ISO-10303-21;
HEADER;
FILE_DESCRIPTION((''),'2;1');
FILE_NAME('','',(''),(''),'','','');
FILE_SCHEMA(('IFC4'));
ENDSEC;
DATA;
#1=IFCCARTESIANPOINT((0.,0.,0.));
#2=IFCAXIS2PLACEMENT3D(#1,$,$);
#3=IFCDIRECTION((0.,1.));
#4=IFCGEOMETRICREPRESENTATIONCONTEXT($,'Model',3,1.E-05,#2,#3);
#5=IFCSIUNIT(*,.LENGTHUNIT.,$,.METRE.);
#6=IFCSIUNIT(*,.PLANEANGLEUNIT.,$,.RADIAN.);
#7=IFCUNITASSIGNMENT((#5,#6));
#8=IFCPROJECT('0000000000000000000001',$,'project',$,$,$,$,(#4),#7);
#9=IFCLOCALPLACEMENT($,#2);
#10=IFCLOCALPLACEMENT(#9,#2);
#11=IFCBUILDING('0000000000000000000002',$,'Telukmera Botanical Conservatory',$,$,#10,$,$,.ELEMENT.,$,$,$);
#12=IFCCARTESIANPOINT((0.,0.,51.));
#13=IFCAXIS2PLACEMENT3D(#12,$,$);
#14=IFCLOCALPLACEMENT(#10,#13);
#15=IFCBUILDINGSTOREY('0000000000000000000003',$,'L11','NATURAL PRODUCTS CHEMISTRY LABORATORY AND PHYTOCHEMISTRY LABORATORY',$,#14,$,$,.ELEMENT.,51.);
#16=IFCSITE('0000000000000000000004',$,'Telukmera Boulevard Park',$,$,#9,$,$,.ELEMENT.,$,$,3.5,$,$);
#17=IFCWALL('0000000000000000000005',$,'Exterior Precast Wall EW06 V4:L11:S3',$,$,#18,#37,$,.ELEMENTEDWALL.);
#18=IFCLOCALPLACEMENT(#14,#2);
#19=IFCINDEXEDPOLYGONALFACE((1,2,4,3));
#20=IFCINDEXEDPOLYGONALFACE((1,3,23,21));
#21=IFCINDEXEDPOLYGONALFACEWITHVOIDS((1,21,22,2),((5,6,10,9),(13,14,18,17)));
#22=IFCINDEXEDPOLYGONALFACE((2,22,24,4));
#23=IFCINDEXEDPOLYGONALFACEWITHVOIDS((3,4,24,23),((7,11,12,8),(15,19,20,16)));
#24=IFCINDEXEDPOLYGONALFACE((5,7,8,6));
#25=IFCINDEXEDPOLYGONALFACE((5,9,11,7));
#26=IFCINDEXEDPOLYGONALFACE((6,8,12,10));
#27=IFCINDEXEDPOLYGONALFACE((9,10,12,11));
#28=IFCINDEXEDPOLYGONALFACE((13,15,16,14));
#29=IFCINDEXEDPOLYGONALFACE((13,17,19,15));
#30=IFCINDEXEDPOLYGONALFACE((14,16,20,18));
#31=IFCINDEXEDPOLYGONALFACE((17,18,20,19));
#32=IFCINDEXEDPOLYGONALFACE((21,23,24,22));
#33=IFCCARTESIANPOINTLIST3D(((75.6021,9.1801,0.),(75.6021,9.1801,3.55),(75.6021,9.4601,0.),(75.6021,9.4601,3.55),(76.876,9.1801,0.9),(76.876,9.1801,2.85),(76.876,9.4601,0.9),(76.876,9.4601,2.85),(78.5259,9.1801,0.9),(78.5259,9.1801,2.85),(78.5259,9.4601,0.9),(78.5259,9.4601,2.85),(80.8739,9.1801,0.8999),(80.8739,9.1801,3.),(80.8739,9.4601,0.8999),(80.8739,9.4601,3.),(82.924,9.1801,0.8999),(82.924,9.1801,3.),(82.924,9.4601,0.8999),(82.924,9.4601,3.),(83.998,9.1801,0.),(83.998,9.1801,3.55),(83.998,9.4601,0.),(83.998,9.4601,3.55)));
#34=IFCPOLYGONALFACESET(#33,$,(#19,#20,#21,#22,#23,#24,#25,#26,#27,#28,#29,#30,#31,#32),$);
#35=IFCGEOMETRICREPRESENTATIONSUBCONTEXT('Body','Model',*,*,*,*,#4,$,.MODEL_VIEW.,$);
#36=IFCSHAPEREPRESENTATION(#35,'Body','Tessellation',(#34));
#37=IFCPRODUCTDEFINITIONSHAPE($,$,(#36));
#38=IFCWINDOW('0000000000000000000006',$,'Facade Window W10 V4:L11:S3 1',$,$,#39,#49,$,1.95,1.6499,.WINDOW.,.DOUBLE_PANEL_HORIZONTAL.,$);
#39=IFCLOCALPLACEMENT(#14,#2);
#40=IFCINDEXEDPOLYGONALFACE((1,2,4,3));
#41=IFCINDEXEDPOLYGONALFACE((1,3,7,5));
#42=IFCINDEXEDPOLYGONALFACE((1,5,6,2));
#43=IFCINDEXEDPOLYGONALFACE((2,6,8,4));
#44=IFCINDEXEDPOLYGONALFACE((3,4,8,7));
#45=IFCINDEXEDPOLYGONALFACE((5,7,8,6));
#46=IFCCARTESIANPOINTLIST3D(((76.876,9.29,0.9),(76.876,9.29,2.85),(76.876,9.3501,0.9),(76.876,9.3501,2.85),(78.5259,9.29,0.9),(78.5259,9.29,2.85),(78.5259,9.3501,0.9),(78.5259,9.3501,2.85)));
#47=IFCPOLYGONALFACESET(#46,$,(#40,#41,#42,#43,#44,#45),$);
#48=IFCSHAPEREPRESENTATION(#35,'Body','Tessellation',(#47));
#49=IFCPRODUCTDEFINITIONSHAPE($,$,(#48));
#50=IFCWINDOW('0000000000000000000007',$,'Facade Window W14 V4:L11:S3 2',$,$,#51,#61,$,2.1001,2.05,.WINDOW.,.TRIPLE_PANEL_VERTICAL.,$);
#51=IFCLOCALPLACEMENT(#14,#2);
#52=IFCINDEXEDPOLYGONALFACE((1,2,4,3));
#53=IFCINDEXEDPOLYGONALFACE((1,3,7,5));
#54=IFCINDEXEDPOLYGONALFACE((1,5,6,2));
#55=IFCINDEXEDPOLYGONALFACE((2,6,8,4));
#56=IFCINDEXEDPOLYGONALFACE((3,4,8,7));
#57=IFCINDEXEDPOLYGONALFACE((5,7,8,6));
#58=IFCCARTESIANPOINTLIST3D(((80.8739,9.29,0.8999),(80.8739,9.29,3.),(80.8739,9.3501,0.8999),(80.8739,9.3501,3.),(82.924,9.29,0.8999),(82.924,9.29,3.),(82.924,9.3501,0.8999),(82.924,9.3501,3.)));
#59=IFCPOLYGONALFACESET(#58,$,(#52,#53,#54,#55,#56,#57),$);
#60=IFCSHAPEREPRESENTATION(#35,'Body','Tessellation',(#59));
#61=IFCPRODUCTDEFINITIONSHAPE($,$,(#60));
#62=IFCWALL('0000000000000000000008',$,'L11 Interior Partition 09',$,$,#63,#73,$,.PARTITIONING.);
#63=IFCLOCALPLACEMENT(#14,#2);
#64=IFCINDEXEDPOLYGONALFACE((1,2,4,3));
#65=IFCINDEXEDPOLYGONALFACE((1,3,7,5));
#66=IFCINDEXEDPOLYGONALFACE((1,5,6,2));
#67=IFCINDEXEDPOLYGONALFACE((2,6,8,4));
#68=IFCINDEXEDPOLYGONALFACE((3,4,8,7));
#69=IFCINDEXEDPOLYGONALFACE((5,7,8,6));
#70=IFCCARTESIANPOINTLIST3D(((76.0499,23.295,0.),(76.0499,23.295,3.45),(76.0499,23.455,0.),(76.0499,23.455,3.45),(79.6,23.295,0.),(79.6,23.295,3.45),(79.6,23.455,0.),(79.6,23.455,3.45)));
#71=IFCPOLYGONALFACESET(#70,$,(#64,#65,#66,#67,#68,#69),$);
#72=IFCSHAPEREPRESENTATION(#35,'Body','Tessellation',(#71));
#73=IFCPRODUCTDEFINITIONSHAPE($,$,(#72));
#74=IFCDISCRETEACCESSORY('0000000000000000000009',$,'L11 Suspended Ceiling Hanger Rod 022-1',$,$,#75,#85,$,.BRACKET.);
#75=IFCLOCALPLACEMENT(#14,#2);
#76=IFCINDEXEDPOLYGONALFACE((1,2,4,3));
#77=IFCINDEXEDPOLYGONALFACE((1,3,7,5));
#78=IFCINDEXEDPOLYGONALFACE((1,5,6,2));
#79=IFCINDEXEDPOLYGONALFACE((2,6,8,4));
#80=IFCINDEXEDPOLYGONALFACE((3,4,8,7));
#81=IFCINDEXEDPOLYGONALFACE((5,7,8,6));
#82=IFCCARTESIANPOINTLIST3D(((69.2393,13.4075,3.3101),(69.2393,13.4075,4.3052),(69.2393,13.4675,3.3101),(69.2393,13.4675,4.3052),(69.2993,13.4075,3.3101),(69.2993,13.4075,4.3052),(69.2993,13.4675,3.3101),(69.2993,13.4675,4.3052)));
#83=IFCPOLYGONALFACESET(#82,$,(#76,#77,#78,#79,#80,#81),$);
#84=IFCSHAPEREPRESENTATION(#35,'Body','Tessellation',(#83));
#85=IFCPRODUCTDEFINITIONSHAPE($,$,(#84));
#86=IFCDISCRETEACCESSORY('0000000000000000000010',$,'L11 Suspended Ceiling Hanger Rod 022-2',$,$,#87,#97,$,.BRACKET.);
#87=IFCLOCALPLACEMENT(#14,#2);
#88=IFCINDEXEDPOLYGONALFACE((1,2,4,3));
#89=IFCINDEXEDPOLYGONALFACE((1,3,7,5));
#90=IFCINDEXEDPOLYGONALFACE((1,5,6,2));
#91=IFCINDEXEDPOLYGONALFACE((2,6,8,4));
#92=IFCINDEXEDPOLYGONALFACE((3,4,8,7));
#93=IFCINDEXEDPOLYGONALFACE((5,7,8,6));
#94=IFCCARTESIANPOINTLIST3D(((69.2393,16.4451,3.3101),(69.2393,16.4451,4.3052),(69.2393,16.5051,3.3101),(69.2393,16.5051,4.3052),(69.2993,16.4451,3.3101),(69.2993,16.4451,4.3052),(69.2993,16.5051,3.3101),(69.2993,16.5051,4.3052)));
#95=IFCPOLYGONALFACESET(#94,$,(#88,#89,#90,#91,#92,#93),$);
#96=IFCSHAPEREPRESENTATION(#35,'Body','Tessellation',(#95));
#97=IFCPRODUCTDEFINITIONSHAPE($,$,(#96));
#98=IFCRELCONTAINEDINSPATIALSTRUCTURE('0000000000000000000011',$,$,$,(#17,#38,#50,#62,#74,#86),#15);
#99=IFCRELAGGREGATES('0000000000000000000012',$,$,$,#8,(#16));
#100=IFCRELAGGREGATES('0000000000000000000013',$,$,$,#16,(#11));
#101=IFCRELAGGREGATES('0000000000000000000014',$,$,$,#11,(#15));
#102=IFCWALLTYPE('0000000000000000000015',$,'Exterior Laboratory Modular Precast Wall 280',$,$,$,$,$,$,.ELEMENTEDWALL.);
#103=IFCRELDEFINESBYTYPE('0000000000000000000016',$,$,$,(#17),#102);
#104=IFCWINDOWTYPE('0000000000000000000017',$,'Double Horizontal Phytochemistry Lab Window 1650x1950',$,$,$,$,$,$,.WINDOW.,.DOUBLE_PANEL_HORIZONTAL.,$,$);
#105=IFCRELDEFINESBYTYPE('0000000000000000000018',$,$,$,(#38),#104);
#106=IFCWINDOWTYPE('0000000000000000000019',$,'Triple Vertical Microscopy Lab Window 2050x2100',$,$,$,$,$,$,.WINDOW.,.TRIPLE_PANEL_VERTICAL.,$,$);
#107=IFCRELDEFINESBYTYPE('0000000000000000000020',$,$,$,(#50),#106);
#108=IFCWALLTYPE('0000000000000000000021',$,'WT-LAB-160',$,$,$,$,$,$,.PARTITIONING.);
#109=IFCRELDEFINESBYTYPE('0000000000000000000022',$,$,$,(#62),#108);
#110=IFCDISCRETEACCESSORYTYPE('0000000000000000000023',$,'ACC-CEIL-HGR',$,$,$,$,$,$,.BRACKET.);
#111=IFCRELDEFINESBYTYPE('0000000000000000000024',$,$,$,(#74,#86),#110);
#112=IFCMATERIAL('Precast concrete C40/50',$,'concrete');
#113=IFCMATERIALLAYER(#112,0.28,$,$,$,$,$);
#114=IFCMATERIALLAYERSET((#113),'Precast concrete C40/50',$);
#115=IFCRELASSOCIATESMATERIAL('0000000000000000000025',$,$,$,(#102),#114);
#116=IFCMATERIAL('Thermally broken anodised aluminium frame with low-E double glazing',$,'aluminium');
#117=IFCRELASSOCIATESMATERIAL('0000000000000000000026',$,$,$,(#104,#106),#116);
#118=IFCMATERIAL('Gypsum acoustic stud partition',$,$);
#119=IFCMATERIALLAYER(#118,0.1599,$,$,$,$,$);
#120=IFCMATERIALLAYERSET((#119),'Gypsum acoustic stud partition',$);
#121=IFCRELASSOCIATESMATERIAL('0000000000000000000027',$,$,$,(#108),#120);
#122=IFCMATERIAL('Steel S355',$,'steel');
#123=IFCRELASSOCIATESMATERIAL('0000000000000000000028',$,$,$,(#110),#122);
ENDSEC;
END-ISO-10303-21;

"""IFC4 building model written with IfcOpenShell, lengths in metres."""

from ifc_helpers import new_model, si_unit, direction, frame, frame_2d, origin, origin_2d, place, context, subcontext, project, spatial, rectangle, extrude, material, layer, layer_set, type_object, element, fill, save


model = new_model("IFC4")

# Units and contexts
model_context = context("Model", 3, precision=1e-05, world=origin(), true_north=direction((0.0, 1.0)))
body_context = subcontext(model_context, "Body", "Model", "MODEL_VIEW")
ifc_project = project(units=[si_unit("LENGTHUNIT", "METRE"), si_unit("PLANEANGLEUNIT", "RADIAN")], contexts=[model_context])

# Site, building, storey
site_placement = place(None, origin())
site = spatial("IfcSite", under=ifc_project, at=site_placement, Name="Telukmera Boulevard Park", CompositionType="ELEMENT", RefElevation=3.5)
building_placement = place(site_placement, origin())
building = spatial("IfcBuilding", under=site, at=building_placement, Name="Telukmera Botanical Conservatory", CompositionType="ELEMENT")
storey_placement = place(building_placement, frame((0.0, 0.0, 51.0)))
storey = spatial("IfcBuildingStorey", under=building, at=storey_placement, Name="L11", Description="NATURAL PRODUCTS CHEMISTRY LABORATORY AND PHYTOCHEMISTRY LABORATORY", CompositionType="ELEMENT", Elevation=51.0)

# Shared definitions
ifc_material_1 = material(Name="Precast concrete C40/50", Category="concrete")

# Wall, openings, windows
ifc_layer_1 = layer(ifc_material_1, 0.28)
ifc_layer_set_1 = layer_set([ifc_layer_1], Name="Precast concrete C40/50")
wall_type_1 = type_object("IfcWallType", Name="Exterior Laboratory Modular Precast Wall 280", PredefinedType="ELEMENTEDWALL", material=ifc_layer_set_1)
wall_1_placement = place(storey_placement, frame((75.6021, 9.3201, 0.0), z_axis=(0.0, 0.0, 1.0), x_axis=(1.0, 0.0, 0.0)))
wall_1 = element("IfcWall", 1, at=wall_1_placement, inside=storey, type_object=wall_type_1, Name="Exterior Precast Wall EW06 V4:L11:S3", PredefinedType="ELEMENTEDWALL", context=body_context, shape_type="SweptSolid", body=[
    extrude(rectangle(XDim=8.396, YDim=0.28, at=frame_2d((4.198, 0.0))), origin(), (0.0, 0.0, 1.0), 3.55),
])
opening_1_placement = place(wall_1_placement, frame((1.2739, 0.0, 0.8999)))
opening_1 = element("IfcOpeningElement", 2, at=opening_1_placement, cuts=wall_1, PredefinedType="OPENING", context=body_context, shape_type="SweptSolid", body=[
    extrude(rectangle(XDim=1.6499, YDim=1.95, at=frame_2d((0.825, 0.9751))), frame((0.0, 0.1499, 0.0), z_axis=(0.0, -1.0, 0.0), x_axis=(1.0, 0.0, 0.0)), (0.0, 0.0, 1.0), 0.3),
])
opening_2_placement = place(wall_1_placement, frame((5.272, 0.0, 0.8999)))
opening_2 = element("IfcOpeningElement", 3, at=opening_2_placement, cuts=wall_1, PredefinedType="OPENING", context=body_context, shape_type="SweptSolid", body=[
    extrude(rectangle(XDim=2.05, YDim=2.1001, at=frame_2d((1.0249, 1.05))), frame((0.0, 0.1499, 0.0), z_axis=(0.0, -1.0, 0.0), x_axis=(1.0, 0.0, 0.0)), (0.0, 0.0, 1.0), 0.3),
])
ifc_material_2 = material(Name="Thermally broken anodised aluminium frame with low-E double glazing", Category="aluminium")
window_type_1 = type_object("IfcWindowType", Name="Double Horizontal Phytochemistry Lab Window 1650x1950", PartitioningType="DOUBLE_PANEL_HORIZONTAL", PredefinedType="WINDOW", material=ifc_material_2)
window_1_placement = place(opening_1_placement, origin())
window_1 = element("IfcWindow", 4, at=window_1_placement, inside=storey, type_object=window_type_1, Name="Facade Window W10 V4:L11:S3 1", OverallHeight=1.95, OverallWidth=1.6499, PartitioningType="DOUBLE_PANEL_HORIZONTAL", PredefinedType="WINDOW", context=body_context, shape_type="SweptSolid", body=[
    extrude(rectangle(XDim=1.6499, YDim=1.95, at=frame_2d((0.825, 0.9751))), frame((0.0, 0.03, 0.0), z_axis=(0.0, -1.0, 0.0), x_axis=(1.0, 0.0, 0.0)), (0.0, 0.0, 1.0), 0.0601),
])
fill(opening_1, window_1)
window_type_2 = type_object("IfcWindowType", Name="Triple Vertical Microscopy Lab Window 2050x2100", PartitioningType="TRIPLE_PANEL_VERTICAL", PredefinedType="WINDOW", material=ifc_material_2)
window_2_placement = place(opening_2_placement, origin())
window_2 = element("IfcWindow", 5, at=window_2_placement, inside=storey, type_object=window_type_2, Name="Facade Window W14 V4:L11:S3 2", OverallHeight=2.1001, OverallWidth=2.05, PartitioningType="TRIPLE_PANEL_VERTICAL", PredefinedType="WINDOW", context=body_context, shape_type="SweptSolid", body=[
    extrude(rectangle(XDim=2.05, YDim=2.1001, at=frame_2d((1.0249, 1.05))), frame((0.0, 0.03, 0.0), z_axis=(0.0, -1.0, 0.0), x_axis=(1.0, 0.0, 0.0)), (0.0, 0.0, 1.0), 0.0601),
])
fill(opening_2, window_2)

# Wall
ifc_material_3 = material(Name="Gypsum acoustic stud partition")
ifc_layer_2 = layer(ifc_material_3, 0.1599)
ifc_layer_set_2 = layer_set([ifc_layer_2], Name="Gypsum acoustic stud partition")
wall_type_2 = type_object("IfcWallType", Name="WT-LAB-160", PredefinedType="PARTITIONING", material=ifc_layer_set_2)
wall_2_placement = place(storey_placement, frame((76.05, 23.375, 0.0), z_axis=(0.0, 0.0, 1.0), x_axis=(1.0, 0.0, 0.0)))
element("IfcWall", 6, at=wall_2_placement, inside=storey, type_object=wall_type_2, Name="L11 Interior Partition 09", PredefinedType="PARTITIONING", context=body_context, shape_type="SweptSolid", body=[
    extrude(rectangle(XDim=3.55, YDim=0.1599, at=frame_2d((1.7749, 0.0))), origin(), (0.0, 0.0, 1.0), 3.45),
])

# Discrete accessories
ifc_material_4 = material(Name="Steel S355", Category="steel")
discrete_accessory_type = type_object("IfcDiscreteAccessoryType", Name="ACC-CEIL-HGR", PredefinedType="BRACKET", material=ifc_material_4)
for number, where, z_axis, x_axis, name in (
    (7, (69.2693, 13.4375, 3.3101), (0.0, 0.0, 1.0), (1.0, 0.0, 0.0), "L11 Suspended Ceiling Hanger Rod 022-1"),
    (8, (69.2693, 16.4751, 3.3101), (0.0, 0.0, 1.0), (1.0, 0.0, 0.0), "L11 Suspended Ceiling Hanger Rod 022-2"),
):
    element("IfcDiscreteAccessory", number, at=place(storey_placement, frame(where, z_axis=z_axis, x_axis=x_axis)), inside=storey, type_object=discrete_accessory_type, Name=name, PredefinedType="BRACKET", context=body_context, shape_type="SweptSolid", body=[
        extrude(rectangle(XDim=0.0601, YDim=0.0601, at=origin_2d()), origin(), (0.0, 0.0, 1.0), 0.9951),
    ])

save(model, "model.ifc")
